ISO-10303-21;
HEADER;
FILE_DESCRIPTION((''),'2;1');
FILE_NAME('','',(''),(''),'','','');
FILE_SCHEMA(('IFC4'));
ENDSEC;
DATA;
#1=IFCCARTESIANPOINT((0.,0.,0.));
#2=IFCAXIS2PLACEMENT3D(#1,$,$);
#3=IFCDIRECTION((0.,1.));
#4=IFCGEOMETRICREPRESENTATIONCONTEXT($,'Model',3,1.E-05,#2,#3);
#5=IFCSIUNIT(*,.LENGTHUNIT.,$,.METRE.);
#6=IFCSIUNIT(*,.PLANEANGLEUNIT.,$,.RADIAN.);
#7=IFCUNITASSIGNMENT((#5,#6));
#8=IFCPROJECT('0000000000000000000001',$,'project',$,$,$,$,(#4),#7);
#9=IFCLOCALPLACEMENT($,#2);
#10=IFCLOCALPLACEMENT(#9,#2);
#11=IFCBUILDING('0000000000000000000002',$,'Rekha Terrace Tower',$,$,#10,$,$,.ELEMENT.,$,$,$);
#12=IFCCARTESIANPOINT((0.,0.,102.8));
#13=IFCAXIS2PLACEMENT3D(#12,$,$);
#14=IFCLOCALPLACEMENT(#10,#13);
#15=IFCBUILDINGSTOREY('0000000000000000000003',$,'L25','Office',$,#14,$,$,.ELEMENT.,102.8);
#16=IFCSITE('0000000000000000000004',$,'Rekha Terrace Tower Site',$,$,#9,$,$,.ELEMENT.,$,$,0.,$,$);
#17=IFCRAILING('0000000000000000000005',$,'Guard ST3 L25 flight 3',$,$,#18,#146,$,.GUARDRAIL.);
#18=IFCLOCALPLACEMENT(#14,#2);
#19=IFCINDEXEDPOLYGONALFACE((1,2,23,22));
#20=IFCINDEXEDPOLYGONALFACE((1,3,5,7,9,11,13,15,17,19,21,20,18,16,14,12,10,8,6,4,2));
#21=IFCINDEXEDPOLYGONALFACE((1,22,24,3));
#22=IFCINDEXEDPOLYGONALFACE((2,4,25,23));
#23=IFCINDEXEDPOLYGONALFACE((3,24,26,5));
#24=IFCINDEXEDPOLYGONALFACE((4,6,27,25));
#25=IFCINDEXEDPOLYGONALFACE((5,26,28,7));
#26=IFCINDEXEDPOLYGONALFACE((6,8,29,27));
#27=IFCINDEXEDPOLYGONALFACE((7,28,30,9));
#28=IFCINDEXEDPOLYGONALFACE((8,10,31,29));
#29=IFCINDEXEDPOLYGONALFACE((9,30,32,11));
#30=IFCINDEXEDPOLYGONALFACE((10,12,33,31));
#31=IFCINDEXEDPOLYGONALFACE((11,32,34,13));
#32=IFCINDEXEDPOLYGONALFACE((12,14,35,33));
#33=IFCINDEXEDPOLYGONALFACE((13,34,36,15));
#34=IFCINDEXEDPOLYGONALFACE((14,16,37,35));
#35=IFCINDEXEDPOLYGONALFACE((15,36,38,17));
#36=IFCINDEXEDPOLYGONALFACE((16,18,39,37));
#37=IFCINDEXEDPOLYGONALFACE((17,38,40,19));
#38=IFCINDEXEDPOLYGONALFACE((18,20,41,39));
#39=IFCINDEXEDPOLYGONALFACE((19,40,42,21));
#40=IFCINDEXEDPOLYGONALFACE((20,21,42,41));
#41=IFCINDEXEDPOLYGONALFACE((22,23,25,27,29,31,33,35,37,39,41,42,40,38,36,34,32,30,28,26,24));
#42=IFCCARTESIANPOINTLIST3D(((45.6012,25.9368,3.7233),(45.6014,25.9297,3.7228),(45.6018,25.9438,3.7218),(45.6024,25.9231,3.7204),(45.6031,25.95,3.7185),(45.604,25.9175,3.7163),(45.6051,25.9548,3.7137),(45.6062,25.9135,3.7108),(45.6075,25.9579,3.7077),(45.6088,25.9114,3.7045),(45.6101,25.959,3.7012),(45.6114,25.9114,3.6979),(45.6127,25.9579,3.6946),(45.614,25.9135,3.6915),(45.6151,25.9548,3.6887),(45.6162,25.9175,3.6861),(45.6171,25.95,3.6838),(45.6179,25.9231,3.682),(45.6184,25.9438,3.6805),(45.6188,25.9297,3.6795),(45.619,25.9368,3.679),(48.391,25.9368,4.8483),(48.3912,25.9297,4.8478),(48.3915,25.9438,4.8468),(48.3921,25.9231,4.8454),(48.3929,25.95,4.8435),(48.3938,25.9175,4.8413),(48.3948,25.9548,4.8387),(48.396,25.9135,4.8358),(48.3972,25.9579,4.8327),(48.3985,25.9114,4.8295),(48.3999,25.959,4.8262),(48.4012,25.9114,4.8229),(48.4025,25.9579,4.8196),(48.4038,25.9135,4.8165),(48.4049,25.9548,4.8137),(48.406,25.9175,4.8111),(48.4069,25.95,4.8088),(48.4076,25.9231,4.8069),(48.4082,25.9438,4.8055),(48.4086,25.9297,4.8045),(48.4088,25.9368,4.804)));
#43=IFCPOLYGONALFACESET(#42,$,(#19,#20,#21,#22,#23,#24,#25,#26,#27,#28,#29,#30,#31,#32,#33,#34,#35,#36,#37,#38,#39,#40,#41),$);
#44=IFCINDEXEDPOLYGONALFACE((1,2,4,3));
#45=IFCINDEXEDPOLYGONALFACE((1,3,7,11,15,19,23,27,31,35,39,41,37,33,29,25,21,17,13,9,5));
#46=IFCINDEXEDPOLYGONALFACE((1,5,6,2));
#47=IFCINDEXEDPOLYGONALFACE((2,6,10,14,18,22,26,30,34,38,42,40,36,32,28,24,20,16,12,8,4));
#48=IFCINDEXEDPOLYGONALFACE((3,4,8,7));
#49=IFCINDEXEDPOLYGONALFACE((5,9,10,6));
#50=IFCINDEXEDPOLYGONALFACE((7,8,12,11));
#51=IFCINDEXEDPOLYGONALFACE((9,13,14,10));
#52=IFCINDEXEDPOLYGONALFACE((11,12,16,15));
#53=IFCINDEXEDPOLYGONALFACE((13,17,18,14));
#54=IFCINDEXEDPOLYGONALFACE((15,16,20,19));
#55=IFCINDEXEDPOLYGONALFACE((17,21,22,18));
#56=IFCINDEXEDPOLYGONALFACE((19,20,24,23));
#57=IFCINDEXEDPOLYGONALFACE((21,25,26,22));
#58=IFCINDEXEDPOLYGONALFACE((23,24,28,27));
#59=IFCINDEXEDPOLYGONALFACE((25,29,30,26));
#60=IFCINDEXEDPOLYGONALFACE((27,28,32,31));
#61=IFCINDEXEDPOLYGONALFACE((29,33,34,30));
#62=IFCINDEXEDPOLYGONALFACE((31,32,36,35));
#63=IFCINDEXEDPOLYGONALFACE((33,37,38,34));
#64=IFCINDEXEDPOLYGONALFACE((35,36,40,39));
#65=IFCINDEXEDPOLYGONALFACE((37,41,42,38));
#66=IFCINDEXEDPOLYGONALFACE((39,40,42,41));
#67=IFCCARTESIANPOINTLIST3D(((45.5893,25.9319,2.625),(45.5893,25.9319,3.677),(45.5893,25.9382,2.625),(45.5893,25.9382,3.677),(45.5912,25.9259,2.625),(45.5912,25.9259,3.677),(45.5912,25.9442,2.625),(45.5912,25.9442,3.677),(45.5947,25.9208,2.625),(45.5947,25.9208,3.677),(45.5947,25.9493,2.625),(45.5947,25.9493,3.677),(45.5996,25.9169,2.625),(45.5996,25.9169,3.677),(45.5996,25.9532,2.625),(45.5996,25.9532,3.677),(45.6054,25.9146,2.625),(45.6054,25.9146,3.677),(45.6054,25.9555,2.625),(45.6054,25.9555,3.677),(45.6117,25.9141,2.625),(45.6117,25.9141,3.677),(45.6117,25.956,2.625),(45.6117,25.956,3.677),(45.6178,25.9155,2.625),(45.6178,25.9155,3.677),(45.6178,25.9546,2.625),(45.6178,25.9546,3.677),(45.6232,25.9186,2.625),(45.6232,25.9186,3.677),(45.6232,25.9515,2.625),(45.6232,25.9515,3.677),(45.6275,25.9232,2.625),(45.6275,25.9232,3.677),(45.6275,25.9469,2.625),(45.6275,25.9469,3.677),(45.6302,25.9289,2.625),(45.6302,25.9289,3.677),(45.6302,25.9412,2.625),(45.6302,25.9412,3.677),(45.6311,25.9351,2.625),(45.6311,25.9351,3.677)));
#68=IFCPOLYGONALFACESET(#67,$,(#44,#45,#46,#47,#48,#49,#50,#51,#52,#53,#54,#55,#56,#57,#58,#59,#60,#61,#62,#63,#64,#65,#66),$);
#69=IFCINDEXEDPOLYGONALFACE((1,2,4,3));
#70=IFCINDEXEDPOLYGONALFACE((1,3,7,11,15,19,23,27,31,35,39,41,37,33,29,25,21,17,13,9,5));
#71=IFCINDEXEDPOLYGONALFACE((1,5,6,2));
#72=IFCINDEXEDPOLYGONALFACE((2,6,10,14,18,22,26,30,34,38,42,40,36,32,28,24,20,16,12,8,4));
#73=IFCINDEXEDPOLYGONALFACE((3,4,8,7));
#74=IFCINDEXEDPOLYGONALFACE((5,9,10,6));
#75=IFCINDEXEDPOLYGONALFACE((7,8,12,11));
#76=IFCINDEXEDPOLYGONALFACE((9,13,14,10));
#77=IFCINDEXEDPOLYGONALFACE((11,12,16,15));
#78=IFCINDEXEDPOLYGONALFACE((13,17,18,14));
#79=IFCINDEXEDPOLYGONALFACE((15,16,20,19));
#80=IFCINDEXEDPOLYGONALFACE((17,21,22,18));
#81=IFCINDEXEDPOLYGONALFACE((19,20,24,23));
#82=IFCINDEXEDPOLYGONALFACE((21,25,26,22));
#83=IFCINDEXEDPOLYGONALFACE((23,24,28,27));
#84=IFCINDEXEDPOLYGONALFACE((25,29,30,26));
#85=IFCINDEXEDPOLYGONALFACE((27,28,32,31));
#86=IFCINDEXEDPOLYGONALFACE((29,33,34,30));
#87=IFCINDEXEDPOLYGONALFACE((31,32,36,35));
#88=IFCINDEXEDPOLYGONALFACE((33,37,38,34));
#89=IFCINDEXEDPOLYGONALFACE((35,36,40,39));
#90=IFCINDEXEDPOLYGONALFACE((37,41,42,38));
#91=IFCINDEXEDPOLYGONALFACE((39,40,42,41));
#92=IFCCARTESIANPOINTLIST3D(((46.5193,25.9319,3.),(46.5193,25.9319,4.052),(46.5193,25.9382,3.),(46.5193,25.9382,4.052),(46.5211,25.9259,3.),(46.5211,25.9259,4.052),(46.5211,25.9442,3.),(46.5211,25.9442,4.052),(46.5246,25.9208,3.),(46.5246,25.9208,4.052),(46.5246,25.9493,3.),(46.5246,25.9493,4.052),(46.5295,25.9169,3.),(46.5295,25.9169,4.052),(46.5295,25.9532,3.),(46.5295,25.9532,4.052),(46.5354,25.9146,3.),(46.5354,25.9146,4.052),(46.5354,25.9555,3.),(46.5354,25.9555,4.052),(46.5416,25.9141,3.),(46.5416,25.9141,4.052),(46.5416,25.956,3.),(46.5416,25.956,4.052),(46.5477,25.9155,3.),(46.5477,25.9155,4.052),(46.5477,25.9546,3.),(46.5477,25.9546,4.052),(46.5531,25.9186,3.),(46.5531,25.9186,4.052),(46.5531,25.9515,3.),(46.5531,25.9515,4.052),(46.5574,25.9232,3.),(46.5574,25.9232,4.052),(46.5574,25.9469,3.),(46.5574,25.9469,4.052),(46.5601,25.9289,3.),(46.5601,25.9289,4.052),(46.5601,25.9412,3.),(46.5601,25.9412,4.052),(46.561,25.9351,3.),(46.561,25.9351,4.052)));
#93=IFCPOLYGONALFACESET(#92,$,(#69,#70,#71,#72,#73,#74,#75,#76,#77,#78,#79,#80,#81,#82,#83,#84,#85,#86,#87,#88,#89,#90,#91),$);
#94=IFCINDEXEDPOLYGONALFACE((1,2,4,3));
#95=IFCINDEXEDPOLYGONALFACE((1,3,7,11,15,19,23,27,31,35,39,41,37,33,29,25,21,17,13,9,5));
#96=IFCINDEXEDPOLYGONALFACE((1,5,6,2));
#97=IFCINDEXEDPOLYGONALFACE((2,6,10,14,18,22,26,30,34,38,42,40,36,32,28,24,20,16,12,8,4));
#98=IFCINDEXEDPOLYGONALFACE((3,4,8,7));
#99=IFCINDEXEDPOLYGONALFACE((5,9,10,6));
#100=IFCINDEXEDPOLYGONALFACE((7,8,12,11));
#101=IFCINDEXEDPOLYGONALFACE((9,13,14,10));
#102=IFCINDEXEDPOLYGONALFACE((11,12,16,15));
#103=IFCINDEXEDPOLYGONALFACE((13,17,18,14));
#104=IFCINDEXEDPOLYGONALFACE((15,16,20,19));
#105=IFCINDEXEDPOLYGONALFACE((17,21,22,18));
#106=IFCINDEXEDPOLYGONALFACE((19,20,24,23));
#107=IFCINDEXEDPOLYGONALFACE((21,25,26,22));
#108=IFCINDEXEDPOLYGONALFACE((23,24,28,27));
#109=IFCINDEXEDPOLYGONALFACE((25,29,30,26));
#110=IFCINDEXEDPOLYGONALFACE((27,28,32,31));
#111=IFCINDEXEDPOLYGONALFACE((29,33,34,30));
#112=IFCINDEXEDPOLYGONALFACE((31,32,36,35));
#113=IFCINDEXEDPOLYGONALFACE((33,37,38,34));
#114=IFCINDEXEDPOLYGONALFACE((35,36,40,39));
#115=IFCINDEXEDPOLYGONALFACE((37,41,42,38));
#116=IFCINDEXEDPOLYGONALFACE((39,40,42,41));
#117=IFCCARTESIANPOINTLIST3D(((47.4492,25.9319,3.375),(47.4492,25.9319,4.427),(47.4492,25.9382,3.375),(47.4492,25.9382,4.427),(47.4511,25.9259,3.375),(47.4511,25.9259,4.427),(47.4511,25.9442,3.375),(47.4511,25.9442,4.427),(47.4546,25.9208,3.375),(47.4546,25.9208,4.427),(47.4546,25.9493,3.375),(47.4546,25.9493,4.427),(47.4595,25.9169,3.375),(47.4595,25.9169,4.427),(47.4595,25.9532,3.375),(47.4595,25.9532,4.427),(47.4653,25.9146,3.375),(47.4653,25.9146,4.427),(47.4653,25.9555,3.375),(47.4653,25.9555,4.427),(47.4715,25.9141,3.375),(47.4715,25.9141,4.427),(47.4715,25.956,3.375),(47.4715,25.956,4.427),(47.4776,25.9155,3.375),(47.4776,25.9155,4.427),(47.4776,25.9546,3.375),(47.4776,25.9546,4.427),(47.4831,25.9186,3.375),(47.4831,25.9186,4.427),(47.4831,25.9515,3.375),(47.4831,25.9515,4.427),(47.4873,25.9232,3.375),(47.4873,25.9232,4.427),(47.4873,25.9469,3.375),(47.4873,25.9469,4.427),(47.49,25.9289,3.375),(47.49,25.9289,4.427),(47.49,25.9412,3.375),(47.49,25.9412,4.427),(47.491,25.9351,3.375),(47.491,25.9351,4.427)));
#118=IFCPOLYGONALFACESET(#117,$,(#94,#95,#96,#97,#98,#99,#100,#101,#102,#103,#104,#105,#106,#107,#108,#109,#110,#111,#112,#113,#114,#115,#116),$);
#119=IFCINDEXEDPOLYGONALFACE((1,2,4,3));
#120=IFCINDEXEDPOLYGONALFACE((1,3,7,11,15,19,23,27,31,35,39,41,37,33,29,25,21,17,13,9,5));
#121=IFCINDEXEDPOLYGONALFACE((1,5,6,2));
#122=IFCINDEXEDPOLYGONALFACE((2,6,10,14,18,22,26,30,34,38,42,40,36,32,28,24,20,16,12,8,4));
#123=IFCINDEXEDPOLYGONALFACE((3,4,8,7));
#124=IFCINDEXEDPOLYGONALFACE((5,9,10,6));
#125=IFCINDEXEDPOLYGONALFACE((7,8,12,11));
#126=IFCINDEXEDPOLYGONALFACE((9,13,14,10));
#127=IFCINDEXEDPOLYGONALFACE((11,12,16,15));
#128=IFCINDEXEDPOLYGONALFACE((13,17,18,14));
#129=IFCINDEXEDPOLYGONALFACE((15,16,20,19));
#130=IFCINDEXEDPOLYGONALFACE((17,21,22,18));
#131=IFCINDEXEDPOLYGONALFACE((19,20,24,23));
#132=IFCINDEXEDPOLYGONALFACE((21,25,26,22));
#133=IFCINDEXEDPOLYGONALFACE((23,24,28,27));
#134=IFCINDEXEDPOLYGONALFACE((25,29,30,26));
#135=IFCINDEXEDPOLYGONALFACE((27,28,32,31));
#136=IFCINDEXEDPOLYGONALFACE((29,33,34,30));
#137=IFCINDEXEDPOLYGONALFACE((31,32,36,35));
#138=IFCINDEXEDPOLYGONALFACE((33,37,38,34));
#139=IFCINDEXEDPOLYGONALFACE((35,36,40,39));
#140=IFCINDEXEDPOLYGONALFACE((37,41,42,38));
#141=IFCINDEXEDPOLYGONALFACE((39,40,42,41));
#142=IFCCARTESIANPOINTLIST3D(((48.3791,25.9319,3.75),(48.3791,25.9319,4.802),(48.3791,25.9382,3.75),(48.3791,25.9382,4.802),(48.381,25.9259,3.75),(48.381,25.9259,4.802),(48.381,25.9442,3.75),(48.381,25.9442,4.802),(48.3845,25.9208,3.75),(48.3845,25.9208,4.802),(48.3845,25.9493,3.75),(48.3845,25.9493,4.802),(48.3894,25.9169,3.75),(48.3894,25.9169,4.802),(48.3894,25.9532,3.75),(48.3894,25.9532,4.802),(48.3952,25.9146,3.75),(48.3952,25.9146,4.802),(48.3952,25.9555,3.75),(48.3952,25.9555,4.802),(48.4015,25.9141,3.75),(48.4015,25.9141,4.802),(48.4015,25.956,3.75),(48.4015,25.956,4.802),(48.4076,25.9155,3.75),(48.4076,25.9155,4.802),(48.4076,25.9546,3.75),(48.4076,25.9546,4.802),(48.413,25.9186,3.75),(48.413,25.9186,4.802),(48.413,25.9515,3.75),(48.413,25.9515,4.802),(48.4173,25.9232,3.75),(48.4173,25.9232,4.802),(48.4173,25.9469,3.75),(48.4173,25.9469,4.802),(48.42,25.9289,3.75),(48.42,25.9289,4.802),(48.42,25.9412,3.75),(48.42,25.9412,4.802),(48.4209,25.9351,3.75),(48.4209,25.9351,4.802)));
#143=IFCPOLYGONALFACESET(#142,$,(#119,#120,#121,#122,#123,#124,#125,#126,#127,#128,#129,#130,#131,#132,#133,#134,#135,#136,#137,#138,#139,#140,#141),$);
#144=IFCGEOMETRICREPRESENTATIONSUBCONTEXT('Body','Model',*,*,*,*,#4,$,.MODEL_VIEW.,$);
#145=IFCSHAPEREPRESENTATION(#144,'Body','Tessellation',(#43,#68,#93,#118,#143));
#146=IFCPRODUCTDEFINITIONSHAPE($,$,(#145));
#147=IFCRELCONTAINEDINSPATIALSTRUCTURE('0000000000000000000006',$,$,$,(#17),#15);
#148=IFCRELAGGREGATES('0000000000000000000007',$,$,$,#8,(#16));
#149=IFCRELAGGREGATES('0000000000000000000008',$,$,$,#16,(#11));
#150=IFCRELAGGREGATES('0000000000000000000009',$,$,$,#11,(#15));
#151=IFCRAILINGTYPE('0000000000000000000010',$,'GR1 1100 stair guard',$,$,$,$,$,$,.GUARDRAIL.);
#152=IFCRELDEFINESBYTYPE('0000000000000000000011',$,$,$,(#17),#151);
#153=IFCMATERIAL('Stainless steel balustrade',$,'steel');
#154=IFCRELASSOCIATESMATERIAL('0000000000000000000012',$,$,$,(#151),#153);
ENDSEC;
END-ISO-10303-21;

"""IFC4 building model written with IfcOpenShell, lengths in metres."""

from ifc_helpers import new_model, si_unit, direction, frame, origin, origin_2d, place, context, subcontext, project, spatial, circle, extrude, material, type_object, element, save


model = new_model("IFC4")

# Units and contexts
model_context = context("Model", 3, precision=1e-05, world=origin(), true_north=direction((0.0, 1.0)))
body_context = subcontext(model_context, "Body", "Model", "MODEL_VIEW")
ifc_project = project(units=[si_unit("LENGTHUNIT", "METRE"), si_unit("PLANEANGLEUNIT", "RADIAN")], contexts=[model_context])

# Site, building, storey
site_placement = place(None, origin())
site = spatial("IfcSite", under=ifc_project, at=site_placement, Name="Rekha Terrace Tower Site", CompositionType="ELEMENT", RefElevation=0.0)
building_placement = place(site_placement, origin())
building = spatial("IfcBuilding", under=site, at=building_placement, Name="Rekha Terrace Tower", CompositionType="ELEMENT")
storey_placement = place(building_placement, frame((0.0, 0.0, 102.8)))
storey = spatial("IfcBuildingStorey", under=building, at=storey_placement, Name="L25", Description="Office", CompositionType="ELEMENT", Elevation=102.8)

# Railing
ifc_material_1 = material(Name="Stainless steel balustrade", Category="steel")
railing_type_1 = type_object("IfcRailingType", Name="GR1 1100 stair guard", PredefinedType="GUARDRAIL", material=ifc_material_1)
railing_1_placement = place(storey_placement, frame((45.6101, 25.9351, 2.625)))
element("IfcRailing", 1, at=railing_1_placement, inside=storey, type_object=railing_type_1, Name="Guard ST3 L25 flight 3", PredefinedType="GUARDRAIL", context=body_context, shape_type="SweptSolid", body=[
    extrude(circle(Radius=0.0239, at=origin_2d()), frame((0.0, 0.0, 1.0762), z_axis=(0.927432, 0.0, 0.373992), x_axis=(0.0, 1.0, 0.0)), (0.0, 0.0, 1.0), 3.0081),
    extrude(circle(Radius=0.021, at=origin_2d()), origin(), (0.0, 0.0, 1.0), 1.052),
    extrude(circle(Radius=0.021, at=origin_2d()), frame((0.9299, 0.0, 0.375)), (0.0, 0.0, 1.0), 1.052),
    extrude(circle(Radius=0.021, at=origin_2d()), frame((1.8599, 0.0, 0.75)), (0.0, 0.0, 1.0), 1.052),
    extrude(circle(Radius=0.021, at=origin_2d()), frame((2.7898, 0.0, 1.125)), (0.0, 0.0, 1.0), 1.052),
])

save(model, "model.ifc")
